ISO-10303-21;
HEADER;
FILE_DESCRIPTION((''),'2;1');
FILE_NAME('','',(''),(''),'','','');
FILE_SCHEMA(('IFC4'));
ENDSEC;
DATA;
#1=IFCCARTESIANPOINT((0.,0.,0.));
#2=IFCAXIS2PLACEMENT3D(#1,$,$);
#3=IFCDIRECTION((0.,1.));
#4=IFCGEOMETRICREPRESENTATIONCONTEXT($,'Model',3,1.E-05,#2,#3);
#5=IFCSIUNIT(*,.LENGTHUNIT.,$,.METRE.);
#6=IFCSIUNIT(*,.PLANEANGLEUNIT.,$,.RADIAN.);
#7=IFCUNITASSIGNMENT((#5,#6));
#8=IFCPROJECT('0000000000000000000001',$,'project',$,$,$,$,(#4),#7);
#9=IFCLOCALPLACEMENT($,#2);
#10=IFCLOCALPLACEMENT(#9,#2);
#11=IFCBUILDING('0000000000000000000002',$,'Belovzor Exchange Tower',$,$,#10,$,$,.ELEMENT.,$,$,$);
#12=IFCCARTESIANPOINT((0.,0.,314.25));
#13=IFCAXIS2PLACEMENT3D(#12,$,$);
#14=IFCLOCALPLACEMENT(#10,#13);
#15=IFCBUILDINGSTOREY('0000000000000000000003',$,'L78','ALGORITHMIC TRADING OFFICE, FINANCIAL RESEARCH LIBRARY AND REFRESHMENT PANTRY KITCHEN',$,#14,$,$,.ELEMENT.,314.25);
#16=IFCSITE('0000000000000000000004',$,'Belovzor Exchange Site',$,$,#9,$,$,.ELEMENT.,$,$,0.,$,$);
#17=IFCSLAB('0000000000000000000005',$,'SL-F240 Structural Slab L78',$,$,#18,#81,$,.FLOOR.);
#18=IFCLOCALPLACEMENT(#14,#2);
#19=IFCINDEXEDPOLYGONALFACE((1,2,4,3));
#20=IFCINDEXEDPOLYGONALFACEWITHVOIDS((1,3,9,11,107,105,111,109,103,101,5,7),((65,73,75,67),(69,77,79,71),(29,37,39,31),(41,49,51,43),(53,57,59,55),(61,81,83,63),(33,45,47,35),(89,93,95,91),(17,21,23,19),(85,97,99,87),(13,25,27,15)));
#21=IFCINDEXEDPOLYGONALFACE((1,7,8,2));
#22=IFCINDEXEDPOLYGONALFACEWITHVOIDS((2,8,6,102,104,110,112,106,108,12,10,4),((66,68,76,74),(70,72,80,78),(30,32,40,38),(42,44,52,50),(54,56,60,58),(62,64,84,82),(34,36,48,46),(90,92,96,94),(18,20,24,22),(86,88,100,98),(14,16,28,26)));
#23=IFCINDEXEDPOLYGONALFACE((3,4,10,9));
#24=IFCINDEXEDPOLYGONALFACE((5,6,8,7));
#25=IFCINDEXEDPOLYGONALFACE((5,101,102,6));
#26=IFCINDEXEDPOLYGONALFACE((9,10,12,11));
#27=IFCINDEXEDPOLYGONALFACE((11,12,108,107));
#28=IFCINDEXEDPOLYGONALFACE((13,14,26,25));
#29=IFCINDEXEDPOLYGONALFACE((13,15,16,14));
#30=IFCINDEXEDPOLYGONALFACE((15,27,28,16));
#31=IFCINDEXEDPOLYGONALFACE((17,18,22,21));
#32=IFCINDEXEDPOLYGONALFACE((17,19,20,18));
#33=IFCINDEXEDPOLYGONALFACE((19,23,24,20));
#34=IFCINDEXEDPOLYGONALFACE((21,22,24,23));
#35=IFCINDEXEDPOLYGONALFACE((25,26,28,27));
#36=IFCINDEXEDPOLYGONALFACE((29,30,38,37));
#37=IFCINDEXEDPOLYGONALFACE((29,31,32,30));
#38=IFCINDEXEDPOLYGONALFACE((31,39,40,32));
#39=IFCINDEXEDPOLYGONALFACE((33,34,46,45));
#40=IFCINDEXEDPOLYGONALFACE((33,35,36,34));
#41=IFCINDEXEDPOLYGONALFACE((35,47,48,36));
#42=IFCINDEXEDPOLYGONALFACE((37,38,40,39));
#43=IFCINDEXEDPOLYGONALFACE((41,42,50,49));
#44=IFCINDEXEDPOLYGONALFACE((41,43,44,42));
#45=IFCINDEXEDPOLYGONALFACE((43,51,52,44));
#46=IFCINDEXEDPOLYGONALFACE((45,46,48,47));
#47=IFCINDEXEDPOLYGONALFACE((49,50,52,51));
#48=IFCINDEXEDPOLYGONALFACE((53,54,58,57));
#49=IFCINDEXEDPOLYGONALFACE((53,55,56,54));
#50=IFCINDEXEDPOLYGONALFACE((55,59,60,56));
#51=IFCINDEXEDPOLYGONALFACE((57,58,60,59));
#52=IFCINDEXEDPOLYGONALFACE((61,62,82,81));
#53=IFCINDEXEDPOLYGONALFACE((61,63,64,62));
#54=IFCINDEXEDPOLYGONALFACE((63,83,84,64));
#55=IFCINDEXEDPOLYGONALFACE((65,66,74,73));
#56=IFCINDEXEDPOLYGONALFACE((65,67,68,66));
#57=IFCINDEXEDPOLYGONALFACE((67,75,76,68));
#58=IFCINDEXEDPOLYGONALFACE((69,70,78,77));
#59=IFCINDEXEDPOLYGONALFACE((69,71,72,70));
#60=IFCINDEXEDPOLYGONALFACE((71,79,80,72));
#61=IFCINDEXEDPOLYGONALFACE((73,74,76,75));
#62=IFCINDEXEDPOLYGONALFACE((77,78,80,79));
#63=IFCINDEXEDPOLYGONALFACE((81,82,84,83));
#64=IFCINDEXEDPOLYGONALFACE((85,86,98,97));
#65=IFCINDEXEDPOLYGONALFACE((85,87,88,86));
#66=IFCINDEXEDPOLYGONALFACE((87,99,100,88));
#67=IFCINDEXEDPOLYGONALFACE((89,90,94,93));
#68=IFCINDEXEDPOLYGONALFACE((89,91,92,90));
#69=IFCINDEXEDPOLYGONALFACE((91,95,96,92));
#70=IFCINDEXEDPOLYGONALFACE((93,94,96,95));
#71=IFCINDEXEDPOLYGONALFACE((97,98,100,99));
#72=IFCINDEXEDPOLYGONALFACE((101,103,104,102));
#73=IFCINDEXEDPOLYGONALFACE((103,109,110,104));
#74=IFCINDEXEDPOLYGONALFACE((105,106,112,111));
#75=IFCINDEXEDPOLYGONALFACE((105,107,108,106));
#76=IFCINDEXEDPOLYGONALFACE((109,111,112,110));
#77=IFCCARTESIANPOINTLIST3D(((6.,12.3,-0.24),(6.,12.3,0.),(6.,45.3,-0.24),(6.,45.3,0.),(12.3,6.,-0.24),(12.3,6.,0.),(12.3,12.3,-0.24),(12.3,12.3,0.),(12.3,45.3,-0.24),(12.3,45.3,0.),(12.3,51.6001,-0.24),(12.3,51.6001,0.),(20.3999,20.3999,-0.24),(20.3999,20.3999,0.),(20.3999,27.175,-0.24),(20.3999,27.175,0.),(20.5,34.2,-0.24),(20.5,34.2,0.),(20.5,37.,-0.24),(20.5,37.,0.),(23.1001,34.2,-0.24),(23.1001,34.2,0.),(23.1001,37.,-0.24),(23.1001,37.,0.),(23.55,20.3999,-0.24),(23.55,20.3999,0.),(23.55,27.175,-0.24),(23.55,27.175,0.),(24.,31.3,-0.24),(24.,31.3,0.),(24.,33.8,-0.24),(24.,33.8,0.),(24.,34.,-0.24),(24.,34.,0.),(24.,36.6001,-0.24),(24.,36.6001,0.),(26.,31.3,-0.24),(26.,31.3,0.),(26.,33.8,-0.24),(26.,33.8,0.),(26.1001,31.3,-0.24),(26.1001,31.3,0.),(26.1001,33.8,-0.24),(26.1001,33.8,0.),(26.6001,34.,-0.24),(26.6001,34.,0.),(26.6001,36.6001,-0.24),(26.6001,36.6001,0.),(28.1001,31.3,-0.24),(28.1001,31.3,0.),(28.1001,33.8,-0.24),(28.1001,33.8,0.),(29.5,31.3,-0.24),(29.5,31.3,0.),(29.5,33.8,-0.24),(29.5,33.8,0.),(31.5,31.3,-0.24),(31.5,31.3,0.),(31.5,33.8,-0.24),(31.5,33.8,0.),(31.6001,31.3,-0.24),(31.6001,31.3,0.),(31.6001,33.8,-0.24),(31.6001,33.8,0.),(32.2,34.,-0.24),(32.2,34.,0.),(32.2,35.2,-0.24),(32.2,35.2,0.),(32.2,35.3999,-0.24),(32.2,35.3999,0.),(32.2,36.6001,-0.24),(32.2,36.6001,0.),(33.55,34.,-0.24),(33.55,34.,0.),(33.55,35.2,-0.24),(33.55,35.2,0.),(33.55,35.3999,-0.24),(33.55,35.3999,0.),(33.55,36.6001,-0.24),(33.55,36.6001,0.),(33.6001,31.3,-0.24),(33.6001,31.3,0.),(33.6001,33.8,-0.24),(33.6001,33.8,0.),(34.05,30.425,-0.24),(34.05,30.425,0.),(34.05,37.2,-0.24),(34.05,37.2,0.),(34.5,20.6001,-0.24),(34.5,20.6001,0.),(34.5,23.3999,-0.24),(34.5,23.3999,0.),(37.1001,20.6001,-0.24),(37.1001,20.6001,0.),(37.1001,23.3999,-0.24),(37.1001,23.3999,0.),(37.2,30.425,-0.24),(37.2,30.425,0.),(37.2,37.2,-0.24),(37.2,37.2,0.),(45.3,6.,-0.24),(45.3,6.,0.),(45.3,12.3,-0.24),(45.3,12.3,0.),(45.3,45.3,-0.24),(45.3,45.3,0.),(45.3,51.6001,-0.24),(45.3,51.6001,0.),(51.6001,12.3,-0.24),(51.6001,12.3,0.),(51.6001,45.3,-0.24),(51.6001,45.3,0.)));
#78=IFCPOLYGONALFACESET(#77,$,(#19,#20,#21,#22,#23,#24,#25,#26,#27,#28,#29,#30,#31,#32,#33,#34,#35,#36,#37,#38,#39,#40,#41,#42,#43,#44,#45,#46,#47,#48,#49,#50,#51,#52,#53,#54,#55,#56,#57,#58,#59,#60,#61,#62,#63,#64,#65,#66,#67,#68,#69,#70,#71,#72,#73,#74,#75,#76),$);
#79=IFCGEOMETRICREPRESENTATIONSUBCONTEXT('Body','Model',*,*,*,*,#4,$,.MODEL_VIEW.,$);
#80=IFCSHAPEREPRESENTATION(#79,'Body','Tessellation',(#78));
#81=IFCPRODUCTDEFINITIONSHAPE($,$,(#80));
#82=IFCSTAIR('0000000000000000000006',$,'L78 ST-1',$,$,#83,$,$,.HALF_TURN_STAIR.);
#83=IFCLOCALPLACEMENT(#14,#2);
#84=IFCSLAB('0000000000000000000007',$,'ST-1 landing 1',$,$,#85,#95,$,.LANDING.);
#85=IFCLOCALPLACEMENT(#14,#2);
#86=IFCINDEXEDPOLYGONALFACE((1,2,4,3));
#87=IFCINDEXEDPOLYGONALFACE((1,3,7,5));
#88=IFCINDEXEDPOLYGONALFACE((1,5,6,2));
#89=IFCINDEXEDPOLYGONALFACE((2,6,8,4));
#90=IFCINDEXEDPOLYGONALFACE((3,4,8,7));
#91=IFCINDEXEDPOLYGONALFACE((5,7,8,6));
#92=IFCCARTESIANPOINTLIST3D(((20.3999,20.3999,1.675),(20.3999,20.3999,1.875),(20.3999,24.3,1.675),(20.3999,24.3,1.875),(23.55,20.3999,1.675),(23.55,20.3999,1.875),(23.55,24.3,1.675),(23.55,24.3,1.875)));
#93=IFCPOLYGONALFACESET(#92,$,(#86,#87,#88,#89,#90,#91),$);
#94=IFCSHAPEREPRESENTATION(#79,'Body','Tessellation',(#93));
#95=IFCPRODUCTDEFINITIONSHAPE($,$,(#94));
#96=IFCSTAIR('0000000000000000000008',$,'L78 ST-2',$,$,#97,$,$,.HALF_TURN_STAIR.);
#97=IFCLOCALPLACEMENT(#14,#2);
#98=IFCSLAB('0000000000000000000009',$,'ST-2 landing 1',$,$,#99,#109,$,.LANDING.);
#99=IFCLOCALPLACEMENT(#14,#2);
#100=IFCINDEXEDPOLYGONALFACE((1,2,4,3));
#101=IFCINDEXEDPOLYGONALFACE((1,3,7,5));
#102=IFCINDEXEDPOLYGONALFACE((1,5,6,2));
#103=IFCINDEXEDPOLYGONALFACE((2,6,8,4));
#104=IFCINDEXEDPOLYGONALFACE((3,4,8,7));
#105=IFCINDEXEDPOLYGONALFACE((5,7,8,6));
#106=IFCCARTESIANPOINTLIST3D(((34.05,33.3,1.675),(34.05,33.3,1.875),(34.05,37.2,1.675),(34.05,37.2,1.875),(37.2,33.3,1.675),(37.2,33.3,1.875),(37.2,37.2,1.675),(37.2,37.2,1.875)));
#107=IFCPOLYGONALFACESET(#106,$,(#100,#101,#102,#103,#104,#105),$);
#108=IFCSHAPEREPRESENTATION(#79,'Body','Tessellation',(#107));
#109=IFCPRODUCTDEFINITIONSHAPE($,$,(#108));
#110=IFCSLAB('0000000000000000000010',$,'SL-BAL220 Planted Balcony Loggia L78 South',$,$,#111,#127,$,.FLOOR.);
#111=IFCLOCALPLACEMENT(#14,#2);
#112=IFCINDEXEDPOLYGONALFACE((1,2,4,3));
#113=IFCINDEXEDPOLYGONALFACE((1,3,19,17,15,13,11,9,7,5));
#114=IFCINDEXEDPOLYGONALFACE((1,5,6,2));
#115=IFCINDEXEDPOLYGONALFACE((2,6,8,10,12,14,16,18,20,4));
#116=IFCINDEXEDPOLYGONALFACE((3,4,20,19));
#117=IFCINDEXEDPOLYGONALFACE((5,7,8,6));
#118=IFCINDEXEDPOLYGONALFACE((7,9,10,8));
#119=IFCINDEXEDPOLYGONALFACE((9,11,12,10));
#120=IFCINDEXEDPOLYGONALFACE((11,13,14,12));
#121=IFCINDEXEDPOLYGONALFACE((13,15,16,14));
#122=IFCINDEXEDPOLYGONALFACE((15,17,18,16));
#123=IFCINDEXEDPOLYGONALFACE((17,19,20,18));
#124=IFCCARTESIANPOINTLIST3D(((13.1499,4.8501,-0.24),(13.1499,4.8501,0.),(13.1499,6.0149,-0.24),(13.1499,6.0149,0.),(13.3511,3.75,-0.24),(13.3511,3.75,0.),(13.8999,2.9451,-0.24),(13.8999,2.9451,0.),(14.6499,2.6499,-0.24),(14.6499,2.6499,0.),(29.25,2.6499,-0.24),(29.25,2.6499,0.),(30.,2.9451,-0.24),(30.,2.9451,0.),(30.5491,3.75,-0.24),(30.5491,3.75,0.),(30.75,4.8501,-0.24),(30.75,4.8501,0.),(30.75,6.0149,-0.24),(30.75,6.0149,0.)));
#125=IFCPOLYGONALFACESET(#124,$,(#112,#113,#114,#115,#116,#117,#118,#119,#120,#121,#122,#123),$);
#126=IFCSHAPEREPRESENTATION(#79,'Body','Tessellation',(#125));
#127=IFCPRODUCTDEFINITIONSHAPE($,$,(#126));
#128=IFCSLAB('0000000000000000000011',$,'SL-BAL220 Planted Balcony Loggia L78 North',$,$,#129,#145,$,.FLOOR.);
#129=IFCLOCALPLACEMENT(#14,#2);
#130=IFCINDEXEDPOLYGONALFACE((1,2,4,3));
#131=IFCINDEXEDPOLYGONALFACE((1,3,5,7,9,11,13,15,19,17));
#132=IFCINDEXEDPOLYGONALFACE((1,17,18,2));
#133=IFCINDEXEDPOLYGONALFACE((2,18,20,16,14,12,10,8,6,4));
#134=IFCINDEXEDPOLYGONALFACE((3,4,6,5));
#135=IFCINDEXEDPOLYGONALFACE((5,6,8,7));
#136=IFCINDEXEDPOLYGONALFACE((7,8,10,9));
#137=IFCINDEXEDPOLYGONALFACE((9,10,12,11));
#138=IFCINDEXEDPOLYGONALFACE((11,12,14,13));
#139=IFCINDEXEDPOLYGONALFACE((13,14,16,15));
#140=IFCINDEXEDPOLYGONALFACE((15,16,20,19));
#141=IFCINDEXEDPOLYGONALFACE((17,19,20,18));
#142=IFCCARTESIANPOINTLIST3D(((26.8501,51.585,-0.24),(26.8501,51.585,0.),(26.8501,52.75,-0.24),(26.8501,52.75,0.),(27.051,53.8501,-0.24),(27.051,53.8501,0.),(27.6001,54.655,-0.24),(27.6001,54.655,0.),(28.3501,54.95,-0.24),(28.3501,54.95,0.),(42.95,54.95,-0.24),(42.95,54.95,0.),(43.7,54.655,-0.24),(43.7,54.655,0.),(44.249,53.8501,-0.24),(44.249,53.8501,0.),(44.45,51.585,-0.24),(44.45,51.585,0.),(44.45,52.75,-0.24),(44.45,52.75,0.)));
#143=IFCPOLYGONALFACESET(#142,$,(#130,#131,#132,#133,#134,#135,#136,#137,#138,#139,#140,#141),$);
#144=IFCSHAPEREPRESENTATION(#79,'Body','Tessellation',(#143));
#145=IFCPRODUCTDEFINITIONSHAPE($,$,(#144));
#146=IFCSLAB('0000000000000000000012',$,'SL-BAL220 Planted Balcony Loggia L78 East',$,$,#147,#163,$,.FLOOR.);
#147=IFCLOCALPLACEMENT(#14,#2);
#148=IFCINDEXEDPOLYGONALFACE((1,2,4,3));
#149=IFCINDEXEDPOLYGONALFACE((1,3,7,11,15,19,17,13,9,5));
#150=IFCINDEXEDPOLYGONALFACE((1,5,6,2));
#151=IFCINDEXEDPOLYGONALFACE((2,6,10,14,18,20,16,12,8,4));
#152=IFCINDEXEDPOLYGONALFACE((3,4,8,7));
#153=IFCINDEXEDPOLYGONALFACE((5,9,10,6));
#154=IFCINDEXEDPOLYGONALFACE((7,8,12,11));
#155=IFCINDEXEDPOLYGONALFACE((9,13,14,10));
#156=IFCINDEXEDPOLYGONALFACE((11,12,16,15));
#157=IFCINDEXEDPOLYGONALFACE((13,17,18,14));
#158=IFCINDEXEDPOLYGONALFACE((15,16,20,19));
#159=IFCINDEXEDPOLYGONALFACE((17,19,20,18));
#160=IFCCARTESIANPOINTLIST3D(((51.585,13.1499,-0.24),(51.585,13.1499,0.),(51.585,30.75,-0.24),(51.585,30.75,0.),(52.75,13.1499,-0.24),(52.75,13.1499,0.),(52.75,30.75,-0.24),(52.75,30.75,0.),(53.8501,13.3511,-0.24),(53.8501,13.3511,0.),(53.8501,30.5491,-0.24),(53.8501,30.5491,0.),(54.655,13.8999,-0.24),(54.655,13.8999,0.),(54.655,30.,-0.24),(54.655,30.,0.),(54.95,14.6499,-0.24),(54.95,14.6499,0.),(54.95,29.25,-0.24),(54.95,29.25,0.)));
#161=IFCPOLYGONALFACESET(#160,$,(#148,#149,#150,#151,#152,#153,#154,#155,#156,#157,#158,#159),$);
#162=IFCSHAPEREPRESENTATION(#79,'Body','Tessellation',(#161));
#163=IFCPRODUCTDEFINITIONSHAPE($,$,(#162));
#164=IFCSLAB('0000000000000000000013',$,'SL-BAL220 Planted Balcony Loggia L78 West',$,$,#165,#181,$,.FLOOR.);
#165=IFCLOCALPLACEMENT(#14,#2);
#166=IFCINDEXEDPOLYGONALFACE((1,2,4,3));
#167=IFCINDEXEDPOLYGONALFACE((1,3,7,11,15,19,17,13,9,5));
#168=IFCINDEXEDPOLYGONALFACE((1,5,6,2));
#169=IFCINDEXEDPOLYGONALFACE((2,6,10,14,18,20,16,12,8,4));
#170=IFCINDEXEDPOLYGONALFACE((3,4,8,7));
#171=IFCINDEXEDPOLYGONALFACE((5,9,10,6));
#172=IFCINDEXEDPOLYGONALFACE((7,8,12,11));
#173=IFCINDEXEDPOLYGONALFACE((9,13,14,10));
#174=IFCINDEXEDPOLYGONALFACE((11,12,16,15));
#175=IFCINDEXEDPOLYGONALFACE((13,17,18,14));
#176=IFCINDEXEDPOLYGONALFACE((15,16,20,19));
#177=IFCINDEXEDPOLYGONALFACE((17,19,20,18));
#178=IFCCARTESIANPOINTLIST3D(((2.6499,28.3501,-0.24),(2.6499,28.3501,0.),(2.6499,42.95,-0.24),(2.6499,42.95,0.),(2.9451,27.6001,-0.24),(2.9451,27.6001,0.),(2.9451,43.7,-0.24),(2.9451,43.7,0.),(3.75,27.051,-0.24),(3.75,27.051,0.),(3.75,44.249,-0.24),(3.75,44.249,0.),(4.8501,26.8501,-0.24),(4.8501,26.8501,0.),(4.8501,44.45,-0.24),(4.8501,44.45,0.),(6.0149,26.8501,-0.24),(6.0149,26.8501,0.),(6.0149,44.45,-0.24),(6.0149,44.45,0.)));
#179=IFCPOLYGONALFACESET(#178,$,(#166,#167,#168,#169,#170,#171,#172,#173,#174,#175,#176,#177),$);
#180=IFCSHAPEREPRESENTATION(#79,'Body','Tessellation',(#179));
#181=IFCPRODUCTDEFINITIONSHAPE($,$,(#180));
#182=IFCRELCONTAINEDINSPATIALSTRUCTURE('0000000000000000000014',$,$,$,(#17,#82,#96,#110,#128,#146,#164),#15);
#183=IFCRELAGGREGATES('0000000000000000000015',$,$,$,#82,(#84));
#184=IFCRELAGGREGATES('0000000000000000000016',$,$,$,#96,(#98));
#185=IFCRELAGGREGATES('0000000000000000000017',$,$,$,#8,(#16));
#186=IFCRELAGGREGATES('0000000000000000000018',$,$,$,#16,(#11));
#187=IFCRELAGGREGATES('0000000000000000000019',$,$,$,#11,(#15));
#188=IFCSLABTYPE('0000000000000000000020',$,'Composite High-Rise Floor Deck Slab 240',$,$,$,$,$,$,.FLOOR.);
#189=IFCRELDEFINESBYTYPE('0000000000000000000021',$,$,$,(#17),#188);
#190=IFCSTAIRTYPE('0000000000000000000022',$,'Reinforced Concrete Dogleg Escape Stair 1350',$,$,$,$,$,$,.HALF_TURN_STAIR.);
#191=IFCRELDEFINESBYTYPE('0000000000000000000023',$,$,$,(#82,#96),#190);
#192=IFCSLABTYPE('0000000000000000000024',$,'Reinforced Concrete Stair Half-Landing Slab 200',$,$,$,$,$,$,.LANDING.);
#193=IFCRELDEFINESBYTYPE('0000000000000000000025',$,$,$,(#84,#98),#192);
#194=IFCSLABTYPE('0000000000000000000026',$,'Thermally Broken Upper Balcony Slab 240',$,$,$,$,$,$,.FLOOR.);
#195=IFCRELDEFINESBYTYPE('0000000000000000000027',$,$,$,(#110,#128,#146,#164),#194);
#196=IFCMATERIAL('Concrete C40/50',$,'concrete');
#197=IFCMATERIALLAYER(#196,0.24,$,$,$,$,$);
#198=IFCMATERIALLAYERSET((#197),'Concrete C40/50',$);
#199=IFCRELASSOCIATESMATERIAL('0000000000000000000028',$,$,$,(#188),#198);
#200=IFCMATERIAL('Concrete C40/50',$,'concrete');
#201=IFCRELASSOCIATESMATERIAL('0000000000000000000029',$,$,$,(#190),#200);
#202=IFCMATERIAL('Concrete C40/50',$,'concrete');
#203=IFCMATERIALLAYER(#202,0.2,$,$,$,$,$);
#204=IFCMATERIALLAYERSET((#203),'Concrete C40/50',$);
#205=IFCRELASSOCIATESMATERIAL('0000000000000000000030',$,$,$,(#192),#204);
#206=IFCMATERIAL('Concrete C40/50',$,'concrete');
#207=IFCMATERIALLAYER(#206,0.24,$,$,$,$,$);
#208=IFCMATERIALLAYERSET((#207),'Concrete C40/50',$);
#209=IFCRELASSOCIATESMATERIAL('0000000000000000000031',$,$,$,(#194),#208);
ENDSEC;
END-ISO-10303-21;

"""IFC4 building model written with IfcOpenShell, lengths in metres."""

from ifc_helpers import new_model, si_unit, direction, frame, origin, place, context, subcontext, project, spatial, polyline, outline, extrude, material, layer, layer_set, type_object, element, aggregate, save


model = new_model("IFC4")

# Units and contexts
model_context = context("Model", 3, precision=1e-05, world=origin(), true_north=direction((0.0, 1.0)))
body_context = subcontext(model_context, "Body", "Model", "MODEL_VIEW")
ifc_project = project(units=[si_unit("LENGTHUNIT", "METRE"), si_unit("PLANEANGLEUNIT", "RADIAN")], contexts=[model_context])

# Site, building, storey
site_placement = place(None, origin())
site = spatial("IfcSite", under=ifc_project, at=site_placement, Name="Belovzor Exchange Site", CompositionType="ELEMENT", RefElevation=0.0)
building_placement = place(site_placement, origin())
building = spatial("IfcBuilding", under=site, at=building_placement, Name="Belovzor Exchange Tower", CompositionType="ELEMENT")
storey_placement = place(building_placement, frame((0.0, 0.0, 314.25)))
storey = spatial("IfcBuildingStorey", under=building, at=storey_placement, Name="L78", Description="ALGORITHMIC TRADING OFFICE, FINANCIAL RESEARCH LIBRARY AND REFRESHMENT PANTRY KITCHEN", CompositionType="ELEMENT", Elevation=314.25)

# Slab
ifc_material_1 = material(Name="Concrete C40/50", Category="concrete")
ifc_layer_1 = layer(ifc_material_1, 0.24)
ifc_layer_set_1 = layer_set([ifc_layer_1], Name="Concrete C40/50")
slab_type_1 = type_object("IfcSlabType", Name="Composite High-Rise Floor Deck Slab 240", PredefinedType="FLOOR", material=ifc_layer_set_1)
slab_1_placement = place(storey_placement, frame((0.0, 0.0, -0.24)))
element("IfcSlab", 1, at=slab_1_placement, inside=storey, type_object=slab_type_1, Name="SL-F240 Structural Slab L78", PredefinedType="FLOOR", context=body_context, shape_type="SweptSolid", body=[
    extrude(outline(polyline([(12.3, 6.0), (45.3, 6.0), (45.3, 12.3), (51.6001, 12.3), (51.6001, 45.3), (45.3, 45.3), (45.3, 51.6001), (12.3, 51.6001), (12.3, 45.3), (6.0, 45.3), (6.0, 12.3), (12.3, 12.3), (12.3, 6.0)]), holes=[polyline([(20.3999, 27.175), (20.3999, 20.3999), (23.55, 20.3999), (23.55, 27.175), (20.3999, 27.175)]), polyline([(37.2, 30.425), (37.2, 37.2), (34.05, 37.2), (34.05, 30.425), (37.2, 30.425)]), polyline([(20.5, 34.2), (23.1001, 34.2), (23.1001, 37.0), (20.5, 37.0), (20.5, 34.2)]), polyline([(34.5, 20.6001), (37.1001, 20.6001), (37.1001, 23.3999), (34.5, 23.3999), (34.5, 20.6001)]), polyline([(24.0, 34.0), (26.6001, 34.0), (26.6001, 36.6001), (24.0, 36.6001), (24.0, 34.0)]), polyline([(24.0, 31.3), (26.0, 31.3), (26.0, 33.8), (24.0, 33.8), (24.0, 31.3)]), polyline([(26.1001, 31.3), (28.1001, 31.3), (28.1001, 33.8), (26.1001, 33.8), (26.1001, 31.3)]), polyline([(29.5, 31.3), (31.5, 31.3), (31.5, 33.8), (29.5, 33.8), (29.5, 31.3)]), polyline([(31.6001, 31.3), (33.6001, 31.3), (33.6001, 33.8), (31.6001, 33.8), (31.6001, 31.3)]), polyline([(32.2, 34.0), (33.55, 34.0), (33.55, 35.2), (32.2, 35.2), (32.2, 34.0)]), polyline([(32.2, 35.3999), (33.55, 35.3999), (33.55, 36.6001), (32.2, 36.6001), (32.2, 35.3999)])]), origin(), (0.0, 0.0, 1.0), 0.24),
])

# Stairs, slabs
ifc_material_2 = material(Name="Concrete C40/50", Category="concrete")
stair_type = type_object("IfcStairType", Name="Reinforced Concrete Dogleg Escape Stair 1350", PredefinedType="HALF_TURN_STAIR", material=ifc_material_2)
stair_1_placement = place(storey_placement, origin())
stair_1 = element("IfcStair", 2, at=stair_1_placement, inside=storey, type_object=stair_type, Name="L78 ST-1", PredefinedType="HALF_TURN_STAIR")
ifc_material_3 = material(Name="Concrete C40/50", Category="concrete")
ifc_layer_2 = layer(ifc_material_3, 0.2)
ifc_layer_set_2 = layer_set([ifc_layer_2], Name="Concrete C40/50")
slab_type_2 = type_object("IfcSlabType", Name="Reinforced Concrete Stair Half-Landing Slab 200", PredefinedType="LANDING", material=ifc_layer_set_2)
slab_2_placement = place(storey_placement, frame((0.0, 0.0, 1.675)))
slab_2 = element("IfcSlab", 3, at=slab_2_placement, type_object=slab_type_2, Name="ST-1 landing 1", PredefinedType="LANDING", context=body_context, shape_type="SweptSolid", body=[
    extrude(outline(polyline([(20.3999, 24.3), (20.3999, 20.3999), (23.55, 20.3999), (23.55, 24.3), (20.3999, 24.3)])), origin(), (0.0, 0.0, 1.0), 0.2),
])
aggregate(stair_1, [slab_2])
stair_2_placement = place(storey_placement, origin())
stair_2 = element("IfcStair", 4, at=stair_2_placement, inside=storey, type_object=stair_type, Name="L78 ST-2", PredefinedType="HALF_TURN_STAIR")
slab_3_placement = place(storey_placement, frame((0.0, 0.0, 1.675)))
slab_3 = element("IfcSlab", 5, at=slab_3_placement, type_object=slab_type_2, Name="ST-2 landing 1", PredefinedType="LANDING", context=body_context, shape_type="SweptSolid", body=[
    extrude(outline(polyline([(37.2, 33.3), (37.2, 37.2), (34.05, 37.2), (34.05, 33.3), (37.2, 33.3)])), origin(), (0.0, 0.0, 1.0), 0.2),
])
aggregate(stair_2, [slab_3])

# Slabs
ifc_material_4 = material(Name="Concrete C40/50", Category="concrete")
ifc_layer_3 = layer(ifc_material_4, 0.24)
ifc_layer_set_3 = layer_set([ifc_layer_3], Name="Concrete C40/50")
slab_type_3 = type_object("IfcSlabType", Name="Thermally Broken Upper Balcony Slab 240", PredefinedType="FLOOR", material=ifc_layer_set_3)
slab_4_placement = place(storey_placement, frame((0.0, 0.0, -0.24)))
element("IfcSlab", 6, at=slab_4_placement, inside=storey, type_object=slab_type_3, Name="SL-BAL220 Planted Balcony Loggia L78 South", PredefinedType="FLOOR", context=body_context, shape_type="SweptSolid", body=[
    extrude(outline(polyline([(13.1499, 6.0149), (13.1499, 4.8501), (13.3511, 3.75), (13.8999, 2.9451), (14.6499, 2.6499), (29.25, 2.6499), (30.0, 2.9451), (30.5491, 3.75), (30.75, 4.8501), (30.75, 6.0149), (13.1499, 6.0149)])), origin(), (0.0, 0.0, 1.0), 0.24),
])
slab_5_placement = place(storey_placement, frame((0.0, 0.0, -0.24)))
element("IfcSlab", 7, at=slab_5_placement, inside=storey, type_object=slab_type_3, Name="SL-BAL220 Planted Balcony Loggia L78 North", PredefinedType="FLOOR", context=body_context, shape_type="SweptSolid", body=[
    extrude(outline(polyline([(44.45, 51.585), (44.45, 52.75), (44.249, 53.8501), (43.7, 54.655), (42.95, 54.95), (28.3501, 54.95), (27.6001, 54.655), (27.051, 53.8501), (26.8501, 52.75), (26.8501, 51.585), (44.45, 51.585)])), origin(), (0.0, 0.0, 1.0), 0.24),
])
slab_6_placement = place(storey_placement, frame((0.0, 0.0, -0.24)))
element("IfcSlab", 8, at=slab_6_placement, inside=storey, type_object=slab_type_3, Name="SL-BAL220 Planted Balcony Loggia L78 East", PredefinedType="FLOOR", context=body_context, shape_type="SweptSolid", body=[
    extrude(outline(polyline([(51.585, 13.1499), (52.75, 13.1499), (53.8501, 13.3511), (54.655, 13.8999), (54.95, 14.6499), (54.95, 29.25), (54.655, 30.0), (53.8501, 30.5491), (52.75, 30.75), (51.585, 30.75), (51.585, 13.1499)])), origin(), (0.0, 0.0, 1.0), 0.24),
])
slab_7_placement = place(storey_placement, frame((0.0, 0.0, -0.24)))
element("IfcSlab", 9, at=slab_7_placement, inside=storey, type_object=slab_type_3, Name="SL-BAL220 Planted Balcony Loggia L78 West", PredefinedType="FLOOR", context=body_context, shape_type="SweptSolid", body=[
    extrude(outline(polyline([(6.0149, 44.45), (4.8501, 44.45), (3.75, 44.249), (2.9451, 43.7), (2.6499, 42.95), (2.6499, 28.3501), (2.9451, 27.6001), (3.75, 27.051), (4.8501, 26.8501), (6.0149, 26.8501), (6.0149, 44.45)])), origin(), (0.0, 0.0, 1.0), 0.24),
])

save(model, "model.ifc")
